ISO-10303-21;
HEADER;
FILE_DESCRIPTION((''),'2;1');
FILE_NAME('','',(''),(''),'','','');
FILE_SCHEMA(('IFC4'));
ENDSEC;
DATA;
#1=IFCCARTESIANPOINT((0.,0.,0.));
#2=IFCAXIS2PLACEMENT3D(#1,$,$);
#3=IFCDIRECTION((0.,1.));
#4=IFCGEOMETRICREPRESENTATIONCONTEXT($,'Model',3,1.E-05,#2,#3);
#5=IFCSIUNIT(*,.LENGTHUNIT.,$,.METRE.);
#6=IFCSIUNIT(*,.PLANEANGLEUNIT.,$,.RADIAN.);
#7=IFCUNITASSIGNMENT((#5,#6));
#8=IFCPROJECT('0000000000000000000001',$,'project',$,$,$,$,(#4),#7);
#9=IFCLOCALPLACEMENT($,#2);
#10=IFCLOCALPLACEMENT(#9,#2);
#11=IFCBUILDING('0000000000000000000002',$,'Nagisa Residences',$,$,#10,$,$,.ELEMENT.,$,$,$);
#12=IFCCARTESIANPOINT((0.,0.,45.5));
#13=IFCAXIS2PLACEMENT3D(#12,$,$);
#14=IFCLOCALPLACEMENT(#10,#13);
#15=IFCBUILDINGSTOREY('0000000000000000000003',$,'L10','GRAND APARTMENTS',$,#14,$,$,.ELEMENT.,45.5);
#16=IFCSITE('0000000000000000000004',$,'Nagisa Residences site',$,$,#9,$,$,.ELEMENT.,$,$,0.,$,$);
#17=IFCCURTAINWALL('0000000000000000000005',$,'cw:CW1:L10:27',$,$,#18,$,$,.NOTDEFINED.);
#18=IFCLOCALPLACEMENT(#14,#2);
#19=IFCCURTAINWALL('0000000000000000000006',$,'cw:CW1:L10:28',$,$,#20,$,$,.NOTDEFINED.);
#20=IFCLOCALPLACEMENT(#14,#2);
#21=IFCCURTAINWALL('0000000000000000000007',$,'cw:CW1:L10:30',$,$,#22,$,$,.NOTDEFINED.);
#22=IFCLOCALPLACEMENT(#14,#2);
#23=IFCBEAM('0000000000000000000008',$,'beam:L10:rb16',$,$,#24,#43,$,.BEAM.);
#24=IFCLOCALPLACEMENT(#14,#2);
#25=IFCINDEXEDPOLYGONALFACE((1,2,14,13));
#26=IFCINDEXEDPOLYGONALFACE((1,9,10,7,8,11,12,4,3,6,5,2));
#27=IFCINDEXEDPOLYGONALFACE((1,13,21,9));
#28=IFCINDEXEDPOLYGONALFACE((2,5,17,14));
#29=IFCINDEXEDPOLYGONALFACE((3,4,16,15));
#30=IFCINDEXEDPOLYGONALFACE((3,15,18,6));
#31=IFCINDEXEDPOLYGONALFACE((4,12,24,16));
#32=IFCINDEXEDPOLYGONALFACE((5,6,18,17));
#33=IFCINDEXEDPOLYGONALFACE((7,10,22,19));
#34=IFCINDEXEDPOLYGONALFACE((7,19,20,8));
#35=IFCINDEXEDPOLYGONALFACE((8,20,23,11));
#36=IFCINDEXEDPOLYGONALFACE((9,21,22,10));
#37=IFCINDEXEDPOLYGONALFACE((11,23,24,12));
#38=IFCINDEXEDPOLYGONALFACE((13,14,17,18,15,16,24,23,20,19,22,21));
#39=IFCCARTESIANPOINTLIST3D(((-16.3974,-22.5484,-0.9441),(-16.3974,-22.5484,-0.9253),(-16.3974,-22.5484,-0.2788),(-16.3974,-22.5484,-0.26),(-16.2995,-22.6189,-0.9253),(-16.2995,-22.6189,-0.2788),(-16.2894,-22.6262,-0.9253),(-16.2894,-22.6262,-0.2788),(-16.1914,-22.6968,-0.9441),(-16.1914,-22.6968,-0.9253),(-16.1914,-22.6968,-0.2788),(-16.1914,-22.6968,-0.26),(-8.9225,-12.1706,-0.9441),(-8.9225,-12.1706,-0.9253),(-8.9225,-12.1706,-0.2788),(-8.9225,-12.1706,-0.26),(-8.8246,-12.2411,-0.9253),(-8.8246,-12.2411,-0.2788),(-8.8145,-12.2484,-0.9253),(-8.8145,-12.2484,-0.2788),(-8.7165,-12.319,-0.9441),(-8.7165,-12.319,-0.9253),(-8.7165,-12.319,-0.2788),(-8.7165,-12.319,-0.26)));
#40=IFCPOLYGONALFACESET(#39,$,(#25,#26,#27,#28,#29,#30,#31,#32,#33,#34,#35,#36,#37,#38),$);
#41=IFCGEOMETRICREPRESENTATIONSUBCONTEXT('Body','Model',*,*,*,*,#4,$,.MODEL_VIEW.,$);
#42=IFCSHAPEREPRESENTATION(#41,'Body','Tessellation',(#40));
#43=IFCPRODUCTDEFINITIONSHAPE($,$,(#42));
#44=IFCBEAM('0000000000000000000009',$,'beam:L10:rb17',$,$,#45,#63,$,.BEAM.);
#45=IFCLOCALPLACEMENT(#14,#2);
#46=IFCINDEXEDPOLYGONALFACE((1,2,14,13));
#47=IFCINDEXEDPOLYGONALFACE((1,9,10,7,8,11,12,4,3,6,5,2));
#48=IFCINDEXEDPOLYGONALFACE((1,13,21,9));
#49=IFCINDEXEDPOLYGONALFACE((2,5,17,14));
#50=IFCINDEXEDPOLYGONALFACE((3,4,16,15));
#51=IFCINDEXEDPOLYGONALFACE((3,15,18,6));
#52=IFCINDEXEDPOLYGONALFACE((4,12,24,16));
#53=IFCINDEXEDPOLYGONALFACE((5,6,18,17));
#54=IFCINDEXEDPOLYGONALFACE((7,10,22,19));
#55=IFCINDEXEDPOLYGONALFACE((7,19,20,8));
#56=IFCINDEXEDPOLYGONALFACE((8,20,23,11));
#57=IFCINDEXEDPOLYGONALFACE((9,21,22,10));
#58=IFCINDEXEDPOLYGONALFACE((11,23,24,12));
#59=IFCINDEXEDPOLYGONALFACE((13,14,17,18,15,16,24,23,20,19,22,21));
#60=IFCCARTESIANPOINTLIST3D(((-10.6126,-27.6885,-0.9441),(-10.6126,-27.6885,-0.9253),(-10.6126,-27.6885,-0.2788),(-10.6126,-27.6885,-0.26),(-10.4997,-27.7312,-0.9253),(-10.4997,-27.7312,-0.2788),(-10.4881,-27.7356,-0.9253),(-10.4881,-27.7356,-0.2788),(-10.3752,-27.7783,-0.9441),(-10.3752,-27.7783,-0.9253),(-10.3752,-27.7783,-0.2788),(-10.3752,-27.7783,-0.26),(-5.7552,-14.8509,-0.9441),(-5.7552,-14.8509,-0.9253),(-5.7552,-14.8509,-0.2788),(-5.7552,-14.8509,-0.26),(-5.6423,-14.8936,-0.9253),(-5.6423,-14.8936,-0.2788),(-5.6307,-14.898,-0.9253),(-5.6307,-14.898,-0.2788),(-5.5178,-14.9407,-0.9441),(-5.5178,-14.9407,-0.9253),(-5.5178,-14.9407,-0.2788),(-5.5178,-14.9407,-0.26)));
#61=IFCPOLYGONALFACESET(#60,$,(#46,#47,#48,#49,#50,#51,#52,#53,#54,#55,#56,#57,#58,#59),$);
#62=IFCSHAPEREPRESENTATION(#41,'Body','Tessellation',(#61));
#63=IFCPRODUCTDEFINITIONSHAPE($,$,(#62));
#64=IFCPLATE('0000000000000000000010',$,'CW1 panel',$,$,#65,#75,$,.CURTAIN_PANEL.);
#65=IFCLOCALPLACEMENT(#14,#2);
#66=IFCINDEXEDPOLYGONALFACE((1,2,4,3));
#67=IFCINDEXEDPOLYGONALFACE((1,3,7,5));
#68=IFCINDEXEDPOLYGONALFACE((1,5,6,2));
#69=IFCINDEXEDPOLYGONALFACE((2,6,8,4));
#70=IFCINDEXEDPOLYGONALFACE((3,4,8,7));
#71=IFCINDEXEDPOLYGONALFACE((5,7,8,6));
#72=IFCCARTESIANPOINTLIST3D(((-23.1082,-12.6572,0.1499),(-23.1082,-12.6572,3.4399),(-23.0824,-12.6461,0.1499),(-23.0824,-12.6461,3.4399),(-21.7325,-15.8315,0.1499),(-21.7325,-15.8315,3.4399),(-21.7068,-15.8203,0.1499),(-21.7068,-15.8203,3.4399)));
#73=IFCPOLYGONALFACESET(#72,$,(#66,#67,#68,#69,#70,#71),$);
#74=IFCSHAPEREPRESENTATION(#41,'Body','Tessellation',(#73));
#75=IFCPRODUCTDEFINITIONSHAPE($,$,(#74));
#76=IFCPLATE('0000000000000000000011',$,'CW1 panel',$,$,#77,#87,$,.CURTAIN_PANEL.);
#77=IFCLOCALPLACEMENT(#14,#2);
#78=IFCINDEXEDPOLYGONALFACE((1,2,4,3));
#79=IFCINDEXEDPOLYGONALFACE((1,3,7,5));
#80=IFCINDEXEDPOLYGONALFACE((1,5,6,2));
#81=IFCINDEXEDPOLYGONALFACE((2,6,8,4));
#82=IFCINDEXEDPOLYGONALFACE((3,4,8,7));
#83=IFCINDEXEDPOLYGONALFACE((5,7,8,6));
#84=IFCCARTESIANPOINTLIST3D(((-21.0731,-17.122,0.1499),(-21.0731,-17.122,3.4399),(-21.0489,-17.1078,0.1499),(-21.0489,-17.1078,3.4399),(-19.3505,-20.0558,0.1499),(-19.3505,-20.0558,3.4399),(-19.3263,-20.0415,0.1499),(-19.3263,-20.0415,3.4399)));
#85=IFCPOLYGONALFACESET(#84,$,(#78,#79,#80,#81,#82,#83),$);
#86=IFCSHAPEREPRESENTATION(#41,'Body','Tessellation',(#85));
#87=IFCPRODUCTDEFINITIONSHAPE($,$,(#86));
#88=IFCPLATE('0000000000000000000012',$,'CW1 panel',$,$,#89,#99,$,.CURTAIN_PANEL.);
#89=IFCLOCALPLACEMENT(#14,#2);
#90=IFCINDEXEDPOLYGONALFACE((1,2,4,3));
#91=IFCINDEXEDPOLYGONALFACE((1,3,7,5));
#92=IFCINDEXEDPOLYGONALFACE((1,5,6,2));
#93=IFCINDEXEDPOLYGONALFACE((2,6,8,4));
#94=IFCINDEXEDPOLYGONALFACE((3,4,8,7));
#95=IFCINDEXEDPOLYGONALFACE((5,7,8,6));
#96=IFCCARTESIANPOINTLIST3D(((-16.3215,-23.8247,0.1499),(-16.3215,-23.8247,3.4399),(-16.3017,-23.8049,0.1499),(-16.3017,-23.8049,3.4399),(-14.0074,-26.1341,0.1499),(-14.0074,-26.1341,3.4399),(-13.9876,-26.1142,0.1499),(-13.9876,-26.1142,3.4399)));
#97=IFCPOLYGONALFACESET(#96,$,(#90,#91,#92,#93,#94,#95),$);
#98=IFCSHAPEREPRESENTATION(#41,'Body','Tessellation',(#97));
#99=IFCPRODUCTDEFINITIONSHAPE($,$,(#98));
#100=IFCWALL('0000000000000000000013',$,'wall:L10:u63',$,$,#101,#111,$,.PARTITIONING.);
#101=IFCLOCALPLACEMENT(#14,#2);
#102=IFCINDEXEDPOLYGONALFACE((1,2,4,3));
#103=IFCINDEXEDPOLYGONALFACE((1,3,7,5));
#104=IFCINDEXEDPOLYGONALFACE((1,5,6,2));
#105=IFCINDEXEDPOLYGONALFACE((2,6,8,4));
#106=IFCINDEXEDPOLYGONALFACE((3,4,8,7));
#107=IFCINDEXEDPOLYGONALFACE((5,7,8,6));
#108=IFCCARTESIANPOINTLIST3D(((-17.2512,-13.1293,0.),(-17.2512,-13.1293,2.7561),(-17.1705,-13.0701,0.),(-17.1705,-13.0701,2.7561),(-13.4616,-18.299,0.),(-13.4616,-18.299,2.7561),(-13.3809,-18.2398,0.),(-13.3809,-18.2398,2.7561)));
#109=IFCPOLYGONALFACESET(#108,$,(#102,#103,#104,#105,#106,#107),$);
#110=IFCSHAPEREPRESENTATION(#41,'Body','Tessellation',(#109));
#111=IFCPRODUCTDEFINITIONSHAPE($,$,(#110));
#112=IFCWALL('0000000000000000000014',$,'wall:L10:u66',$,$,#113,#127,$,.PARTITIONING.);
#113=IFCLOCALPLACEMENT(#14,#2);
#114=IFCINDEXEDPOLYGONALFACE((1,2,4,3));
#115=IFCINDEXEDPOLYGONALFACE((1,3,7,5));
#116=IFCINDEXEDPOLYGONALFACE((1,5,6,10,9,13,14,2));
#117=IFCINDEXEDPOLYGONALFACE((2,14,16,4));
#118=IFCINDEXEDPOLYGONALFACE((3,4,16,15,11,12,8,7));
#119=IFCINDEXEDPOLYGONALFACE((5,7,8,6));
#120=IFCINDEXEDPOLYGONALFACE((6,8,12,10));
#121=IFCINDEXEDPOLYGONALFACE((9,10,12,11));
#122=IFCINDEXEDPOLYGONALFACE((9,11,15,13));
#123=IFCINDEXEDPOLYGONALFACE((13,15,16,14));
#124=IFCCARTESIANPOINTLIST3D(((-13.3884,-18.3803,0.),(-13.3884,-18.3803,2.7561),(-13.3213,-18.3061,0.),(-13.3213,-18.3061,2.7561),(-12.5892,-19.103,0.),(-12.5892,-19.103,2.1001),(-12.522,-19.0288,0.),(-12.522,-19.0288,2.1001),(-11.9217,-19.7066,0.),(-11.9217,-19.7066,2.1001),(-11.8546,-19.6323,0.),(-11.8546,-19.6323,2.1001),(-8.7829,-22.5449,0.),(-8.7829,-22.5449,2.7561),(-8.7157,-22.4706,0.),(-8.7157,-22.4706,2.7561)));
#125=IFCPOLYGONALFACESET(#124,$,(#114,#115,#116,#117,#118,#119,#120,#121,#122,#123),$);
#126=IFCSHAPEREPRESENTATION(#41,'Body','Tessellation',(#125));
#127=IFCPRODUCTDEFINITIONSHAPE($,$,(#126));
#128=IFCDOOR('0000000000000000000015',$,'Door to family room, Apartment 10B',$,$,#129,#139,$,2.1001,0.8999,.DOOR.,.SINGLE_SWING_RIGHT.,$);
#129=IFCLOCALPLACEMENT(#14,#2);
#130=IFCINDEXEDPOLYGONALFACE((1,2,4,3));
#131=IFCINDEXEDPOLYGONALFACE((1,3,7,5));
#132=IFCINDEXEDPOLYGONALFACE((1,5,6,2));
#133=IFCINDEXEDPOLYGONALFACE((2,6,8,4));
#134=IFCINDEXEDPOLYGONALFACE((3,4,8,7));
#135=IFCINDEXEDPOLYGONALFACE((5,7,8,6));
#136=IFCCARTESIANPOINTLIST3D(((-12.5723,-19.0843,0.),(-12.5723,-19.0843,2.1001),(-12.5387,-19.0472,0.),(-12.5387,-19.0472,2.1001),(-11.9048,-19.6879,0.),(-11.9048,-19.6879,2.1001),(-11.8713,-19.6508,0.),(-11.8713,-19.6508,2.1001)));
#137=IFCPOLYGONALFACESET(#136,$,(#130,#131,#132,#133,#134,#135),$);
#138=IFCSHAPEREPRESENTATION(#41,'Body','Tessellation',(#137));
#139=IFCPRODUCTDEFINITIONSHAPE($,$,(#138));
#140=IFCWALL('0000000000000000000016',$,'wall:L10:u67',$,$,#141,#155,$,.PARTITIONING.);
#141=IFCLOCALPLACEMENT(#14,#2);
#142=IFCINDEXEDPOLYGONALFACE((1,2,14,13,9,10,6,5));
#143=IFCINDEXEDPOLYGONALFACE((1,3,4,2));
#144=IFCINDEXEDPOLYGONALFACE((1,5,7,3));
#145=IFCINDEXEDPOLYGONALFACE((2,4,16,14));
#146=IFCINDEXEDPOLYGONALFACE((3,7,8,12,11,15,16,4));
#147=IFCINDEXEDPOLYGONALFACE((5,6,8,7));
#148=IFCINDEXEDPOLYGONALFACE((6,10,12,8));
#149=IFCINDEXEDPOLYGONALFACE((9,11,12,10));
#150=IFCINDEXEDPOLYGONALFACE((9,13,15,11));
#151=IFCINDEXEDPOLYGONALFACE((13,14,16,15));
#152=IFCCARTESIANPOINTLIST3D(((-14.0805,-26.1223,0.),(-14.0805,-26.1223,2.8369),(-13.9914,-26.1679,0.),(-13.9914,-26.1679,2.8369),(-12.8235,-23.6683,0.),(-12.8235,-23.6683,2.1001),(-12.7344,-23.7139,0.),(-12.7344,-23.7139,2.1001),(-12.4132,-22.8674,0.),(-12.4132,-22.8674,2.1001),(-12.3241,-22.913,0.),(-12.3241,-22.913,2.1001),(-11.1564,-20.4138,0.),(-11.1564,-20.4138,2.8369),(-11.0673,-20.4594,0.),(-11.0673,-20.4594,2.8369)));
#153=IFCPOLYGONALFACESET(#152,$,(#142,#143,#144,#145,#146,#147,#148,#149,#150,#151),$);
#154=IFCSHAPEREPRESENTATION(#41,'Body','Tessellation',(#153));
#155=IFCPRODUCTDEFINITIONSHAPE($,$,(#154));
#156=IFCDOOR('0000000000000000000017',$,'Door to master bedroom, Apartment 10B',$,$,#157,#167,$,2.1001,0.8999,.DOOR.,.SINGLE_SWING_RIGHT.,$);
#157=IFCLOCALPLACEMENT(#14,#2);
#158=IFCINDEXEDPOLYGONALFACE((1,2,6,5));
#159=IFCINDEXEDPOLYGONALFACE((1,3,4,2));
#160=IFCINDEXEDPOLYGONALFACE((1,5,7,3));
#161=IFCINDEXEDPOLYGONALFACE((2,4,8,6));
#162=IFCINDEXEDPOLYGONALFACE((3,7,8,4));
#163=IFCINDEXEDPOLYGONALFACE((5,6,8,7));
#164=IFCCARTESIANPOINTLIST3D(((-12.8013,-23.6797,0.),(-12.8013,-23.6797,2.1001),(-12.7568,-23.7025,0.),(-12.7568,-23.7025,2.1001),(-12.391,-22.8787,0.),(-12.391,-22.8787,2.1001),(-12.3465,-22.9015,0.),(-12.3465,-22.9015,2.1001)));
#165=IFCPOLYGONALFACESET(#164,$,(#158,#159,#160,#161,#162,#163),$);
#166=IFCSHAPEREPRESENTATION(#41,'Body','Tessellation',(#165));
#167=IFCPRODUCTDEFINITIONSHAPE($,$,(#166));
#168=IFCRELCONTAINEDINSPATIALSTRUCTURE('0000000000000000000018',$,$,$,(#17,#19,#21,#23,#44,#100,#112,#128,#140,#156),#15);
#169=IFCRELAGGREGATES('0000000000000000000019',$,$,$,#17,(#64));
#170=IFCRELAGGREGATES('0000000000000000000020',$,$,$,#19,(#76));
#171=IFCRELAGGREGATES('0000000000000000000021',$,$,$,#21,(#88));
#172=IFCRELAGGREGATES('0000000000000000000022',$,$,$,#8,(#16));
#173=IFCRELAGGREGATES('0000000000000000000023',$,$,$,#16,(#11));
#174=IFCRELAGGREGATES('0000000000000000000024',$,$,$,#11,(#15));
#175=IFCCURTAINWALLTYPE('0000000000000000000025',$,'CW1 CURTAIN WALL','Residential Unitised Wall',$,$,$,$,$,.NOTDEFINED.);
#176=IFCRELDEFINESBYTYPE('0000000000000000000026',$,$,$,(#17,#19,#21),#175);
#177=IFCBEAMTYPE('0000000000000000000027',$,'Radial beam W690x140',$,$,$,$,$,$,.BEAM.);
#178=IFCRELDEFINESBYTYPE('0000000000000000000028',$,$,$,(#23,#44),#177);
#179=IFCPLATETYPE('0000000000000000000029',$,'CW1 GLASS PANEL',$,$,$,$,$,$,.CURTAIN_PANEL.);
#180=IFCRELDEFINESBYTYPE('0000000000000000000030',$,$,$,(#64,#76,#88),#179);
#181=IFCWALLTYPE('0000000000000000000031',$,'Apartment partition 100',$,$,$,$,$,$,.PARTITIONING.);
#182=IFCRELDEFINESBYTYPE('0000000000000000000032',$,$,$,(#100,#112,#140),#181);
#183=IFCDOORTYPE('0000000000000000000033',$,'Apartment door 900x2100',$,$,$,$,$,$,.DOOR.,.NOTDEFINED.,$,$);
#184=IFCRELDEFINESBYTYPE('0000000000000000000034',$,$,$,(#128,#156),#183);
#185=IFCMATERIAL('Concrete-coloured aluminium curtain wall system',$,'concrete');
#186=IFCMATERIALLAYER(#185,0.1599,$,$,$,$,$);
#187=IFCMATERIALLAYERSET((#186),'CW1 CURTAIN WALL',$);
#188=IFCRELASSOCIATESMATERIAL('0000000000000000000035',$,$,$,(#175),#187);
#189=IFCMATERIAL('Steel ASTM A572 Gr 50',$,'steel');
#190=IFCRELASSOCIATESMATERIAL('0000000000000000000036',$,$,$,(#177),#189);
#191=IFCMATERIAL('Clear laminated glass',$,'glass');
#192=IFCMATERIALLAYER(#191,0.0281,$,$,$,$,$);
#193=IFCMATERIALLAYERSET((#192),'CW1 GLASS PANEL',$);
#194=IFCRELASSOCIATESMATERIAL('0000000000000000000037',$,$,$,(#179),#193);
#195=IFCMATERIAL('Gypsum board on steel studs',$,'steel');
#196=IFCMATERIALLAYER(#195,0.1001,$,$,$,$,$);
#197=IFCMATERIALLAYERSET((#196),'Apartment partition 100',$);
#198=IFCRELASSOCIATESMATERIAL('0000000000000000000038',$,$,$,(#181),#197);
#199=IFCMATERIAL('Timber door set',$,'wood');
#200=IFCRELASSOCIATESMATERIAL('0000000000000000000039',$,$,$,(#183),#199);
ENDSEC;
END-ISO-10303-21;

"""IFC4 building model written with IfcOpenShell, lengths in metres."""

from ifc_helpers import new_model, si_unit, direction, frame, frame_2d, origin, origin_2d, place, context, subcontext, project, spatial, rectangle, i_section, extrude, material, layer, layer_set, material_profile, profile_set, type_object, element, fill, aggregate, save


model = new_model("IFC4")

# Units and contexts
model_context = context("Model", 3, precision=1e-05, world=origin(), true_north=direction((0.0, 1.0)))
body_context = subcontext(model_context, "Body", "Model", "MODEL_VIEW")
ifc_project = project(units=[si_unit("LENGTHUNIT", "METRE"), si_unit("PLANEANGLEUNIT", "RADIAN")], contexts=[model_context])

# Site, building, storey
site_placement = place(None, origin())
site = spatial("IfcSite", under=ifc_project, at=site_placement, Name="Nagisa Residences site", CompositionType="ELEMENT", RefElevation=0.0)
building_placement = place(site_placement, origin())
building = spatial("IfcBuilding", under=site, at=building_placement, Name="Nagisa Residences", CompositionType="ELEMENT")
storey_placement = place(building_placement, frame((0.0, 0.0, 45.5)))
storey = spatial("IfcBuildingStorey", under=building, at=storey_placement, Name="L10", Description="GRAND APARTMENTS", CompositionType="ELEMENT", Elevation=45.5)

# Curtain walls
ifc_material_1 = material(Name="Concrete-coloured aluminium curtain wall system", Category="concrete")
ifc_layer_1 = layer(ifc_material_1, 0.1599)
ifc_layer_set_1 = layer_set([ifc_layer_1], Name="CW1 CURTAIN WALL")
curtain_wall_type = type_object("IfcCurtainWallType", Name="CW1 CURTAIN WALL", Description="Residential Unitised Wall", PredefinedType="NOTDEFINED", material=ifc_layer_set_1)
curtain_wall_1_placement = place(storey_placement, origin())
curtain_wall_1 = element("IfcCurtainWall", 1, at=curtain_wall_1_placement, inside=storey, type_object=curtain_wall_type, Name="cw:CW1:L10:27", PredefinedType="NOTDEFINED")
curtain_wall_2_placement = place(storey_placement, origin())
curtain_wall_2 = element("IfcCurtainWall", 2, at=curtain_wall_2_placement, inside=storey, type_object=curtain_wall_type, Name="cw:CW1:L10:28", PredefinedType="NOTDEFINED")
curtain_wall_3_placement = place(storey_placement, origin())
curtain_wall_3 = element("IfcCurtainWall", 3, at=curtain_wall_3_placement, inside=storey, type_object=curtain_wall_type, Name="cw:CW1:L10:30", PredefinedType="NOTDEFINED")

# Beams
ifc_material_2 = material(Name="Steel ASTM A572 Gr 50", Category="steel")
ifc_material_profile_1 = material_profile(ifc_material_2, i_section(OverallWidth=0.2539, OverallDepth=0.6841, WebThickness=0.0125, FlangeThickness=0.0188, at=origin_2d()), Name="W690x140")
ifc_profile_set_1 = profile_set([ifc_material_profile_1], Name="Steel ASTM A572 Gr 50")
beam_type_1 = type_object("IfcBeamType", Name="Radial beam W690x140", PredefinedType="BEAM", material=ifc_profile_set_1)
beam_1_placement = place(storey_placement, frame((-16.2944, -22.6226, -0.6021), z_axis=(0.584455, 0.811426, 0.0), x_axis=(-0.811426, 0.584455, 0.0)))
element("IfcBeam", 4, at=beam_1_placement, inside=storey, type_object=beam_type_1, Name="beam:L10:rb16", PredefinedType="BEAM", context=body_context, shape_type="SweptSolid", body=[
    extrude(i_section(OverallWidth=0.2539, OverallDepth=0.6841, WebThickness=0.0125, FlangeThickness=0.0188, at=origin_2d()), origin(), (0.0, 0.0, 1.0), 12.7896),
])
beam_2_placement = place(storey_placement, frame((-10.4939, -27.7334, -0.6021), z_axis=(0.353888, 0.935288, 0.0), x_axis=(-0.935288, 0.353888, 0.0)))
element("IfcBeam", 5, at=beam_2_placement, inside=storey, type_object=beam_type_1, Name="beam:L10:rb17", PredefinedType="BEAM", context=body_context, shape_type="SweptSolid", body=[
    extrude(i_section(OverallWidth=0.2539, OverallDepth=0.6841, WebThickness=0.0125, FlangeThickness=0.0188, at=origin_2d()), origin(), (0.0, 0.0, 1.0), 13.7258),
])

# Plates
ifc_material_3 = material(Name="Clear laminated glass", Category="glass")
ifc_layer_2 = layer(ifc_material_3, 0.0281)
ifc_layer_set_2 = layer_set([ifc_layer_2], Name="CW1 GLASS PANEL")
plate_type = type_object("IfcPlateType", Name="CW1 GLASS PANEL", PredefinedType="CURTAIN_PANEL", material=ifc_layer_set_2)
plate_1_placement = place(storey_placement, frame((-22.4075, -14.2388, 0.1499), z_axis=(0.0, 0.0, 1.0), x_axis=(0.397636, -0.917543, 0.0)))
plate_1 = element("IfcPlate", 6, at=plate_1_placement, type_object=plate_type, Name="CW1 panel", PredefinedType="CURTAIN_PANEL", context=body_context, shape_type="SweptSolid", body=[
    extrude(rectangle(XDim=3.4595, YDim=0.0281, at=origin_2d()), origin(), (0.0, 0.0, 1.0), 3.29),
])
aggregate(curtain_wall_1, [plate_1])
plate_2_placement = place(storey_placement, frame((-20.1997, -18.5818, 0.1499), z_axis=(0.0, 0.0, 1.0), x_axis=(0.506349, -0.862329, 0.0)))
plate_2 = element("IfcPlate", 7, at=plate_2_placement, type_object=plate_type, Name="CW1 panel", PredefinedType="CURTAIN_PANEL", context=body_context, shape_type="SweptSolid", body=[
    extrude(rectangle(XDim=3.4021, YDim=0.0281, at=origin_2d()), origin(), (0.0, 0.0, 1.0), 3.29),
])
aggregate(curtain_wall_2, [plate_2])
plate_3_placement = place(storey_placement, frame((-15.1545, -24.9695, 0.1499), z_axis=(0.0, 0.0, 1.0), x_axis=(0.707836, -0.706377, 0.0)))
plate_3 = element("IfcPlate", 8, at=plate_3_placement, type_object=plate_type, Name="CW1 panel", PredefinedType="CURTAIN_PANEL", context=body_context, shape_type="SweptSolid", body=[
    extrude(rectangle(XDim=3.2693, YDim=0.0281, at=origin_2d()), origin(), (0.0, 0.0, 1.0), 3.29),
])
aggregate(curtain_wall_3, [plate_3])

# Wall
ifc_material_4 = material(Name="Gypsum board on steel studs", Category="steel")
ifc_layer_3 = layer(ifc_material_4, 0.1001)
ifc_layer_set_3 = layer_set([ifc_layer_3], Name="Apartment partition 100")
wall_type_1 = type_object("IfcWallType", Name="Apartment partition 100", PredefinedType="PARTITIONING", material=ifc_layer_set_3)
wall_1_placement = place(storey_placement, frame((-17.2109, -13.0996, 0.0), z_axis=(0.0, 0.0, 1.0), x_axis=(0.591207, -0.80652, 0.0)))
element("IfcWall", 9, at=wall_1_placement, inside=storey, type_object=wall_type_1, Name="wall:L10:u63", PredefinedType="PARTITIONING", context=body_context, shape_type="SweptSolid", body=[
    extrude(rectangle(XDim=6.4099, YDim=0.1001, at=frame_2d((3.2051, 0.0))), origin(), (0.0, 0.0, 1.0), 2.7561),
])

# Walls, openings, doors
wall_2_placement = place(storey_placement, frame((-13.3547, -18.3433, 0.0), z_axis=(0.0, 0.0, 1.0), x_axis=(0.74172, -0.670709, 0.0)))
wall_2 = element("IfcWall", 10, at=wall_2_placement, inside=storey, type_object=wall_type_1, Name="wall:L10:u66", PredefinedType="PARTITIONING", context=body_context, shape_type="SweptSolid", body=[
    extrude(rectangle(XDim=6.2092, YDim=0.1001, at=frame_2d((3.1045, 0.0))), origin(), (0.0, 0.0, 1.0), 2.7561),
])
opening_1_placement = place(wall_2_placement, frame((1.0774, 0.0, 0.0)))
opening_1 = element("IfcOpeningElement", 11, at=opening_1_placement, cuts=wall_2, PredefinedType="OPENING", context=body_context, shape_type="SweptSolid", body=[
    extrude(rectangle(XDim=0.8999, YDim=2.1001, at=frame_2d((0.45, 1.05))), frame((0.0, 0.0601, 0.0), z_axis=(0.0, -1.0, 0.0), x_axis=(1.0, 0.0, 0.0)), (0.0, 0.0, 1.0), 0.1201),
])
ifc_material_5 = material(Name="Timber door set", Category="wood")
door_type_1 = type_object("IfcDoorType", Name="Apartment door 900x2100", OperationType="NOTDEFINED", PredefinedType="DOOR", material=ifc_material_5)
door_1_placement = place(opening_1_placement, frame((0.8999, 0.0, 0.0), x_axis=(-1.0, 0.0, 0.0)))
door_1 = element("IfcDoor", 12, at=door_1_placement, inside=storey, type_object=door_type_1, Name="Door to family room, Apartment 10B", OperationType="SINGLE_SWING_RIGHT", OverallHeight=2.1001, OverallWidth=0.8999, PredefinedType="DOOR", context=body_context, shape_type="SweptSolid", body=[
    extrude(rectangle(XDim=0.8999, YDim=2.1001, at=frame_2d((0.45, 1.05))), frame((0.0, 0.0249, 0.0), z_axis=(0.0, -1.0, 0.0), x_axis=(1.0, 0.0, 0.0)), (0.0, 0.0, 1.0), 0.05),
])
fill(opening_1, door_1)
wall_3_placement = place(storey_placement, frame((-11.1118, -20.4365, 0.0), z_axis=(0.0, 0.0, 1.0), x_axis=(-0.455902, -0.89003, 0.0)))
wall_3 = element("IfcWall", 13, at=wall_3_placement, inside=storey, type_object=wall_type_1, Name="wall:L10:u67", PredefinedType="PARTITIONING", context=body_context, shape_type="SweptSolid", body=[
    extrude(rectangle(XDim=6.4138, YDim=0.1001, at=frame_2d((3.207, 0.0))), origin(), (0.0, 0.0, 1.0), 2.8369),
])
opening_2_placement = place(wall_3_placement, frame((2.7568, 0.0, 0.0)))
opening_2 = element("IfcOpeningElement", 14, at=opening_2_placement, cuts=wall_3, PredefinedType="OPENING", context=body_context, shape_type="SweptSolid", body=[
    extrude(rectangle(XDim=0.8999, YDim=2.1001, at=frame_2d((0.45, 1.05))), frame((0.0, 0.0601, 0.0), z_axis=(0.0, -1.0, 0.0), x_axis=(1.0, 0.0, 0.0)), (0.0, 0.0, 1.0), 0.1201),
])
door_2_placement = place(opening_2_placement, origin())
door_2 = element("IfcDoor", 15, at=door_2_placement, inside=storey, type_object=door_type_1, Name="Door to master bedroom, Apartment 10B", OperationType="SINGLE_SWING_RIGHT", OverallHeight=2.1001, OverallWidth=0.8999, PredefinedType="DOOR", context=body_context, shape_type="SweptSolid", body=[
    extrude(rectangle(XDim=0.8999, YDim=2.1001, at=frame_2d((0.45, 1.05))), frame((0.0, 0.0249, 0.0), z_axis=(0.0, -1.0, 0.0), x_axis=(1.0, 0.0, 0.0)), (0.0, 0.0, 1.0), 0.05),
])
fill(opening_2, door_2)

save(model, "model.ifc")
